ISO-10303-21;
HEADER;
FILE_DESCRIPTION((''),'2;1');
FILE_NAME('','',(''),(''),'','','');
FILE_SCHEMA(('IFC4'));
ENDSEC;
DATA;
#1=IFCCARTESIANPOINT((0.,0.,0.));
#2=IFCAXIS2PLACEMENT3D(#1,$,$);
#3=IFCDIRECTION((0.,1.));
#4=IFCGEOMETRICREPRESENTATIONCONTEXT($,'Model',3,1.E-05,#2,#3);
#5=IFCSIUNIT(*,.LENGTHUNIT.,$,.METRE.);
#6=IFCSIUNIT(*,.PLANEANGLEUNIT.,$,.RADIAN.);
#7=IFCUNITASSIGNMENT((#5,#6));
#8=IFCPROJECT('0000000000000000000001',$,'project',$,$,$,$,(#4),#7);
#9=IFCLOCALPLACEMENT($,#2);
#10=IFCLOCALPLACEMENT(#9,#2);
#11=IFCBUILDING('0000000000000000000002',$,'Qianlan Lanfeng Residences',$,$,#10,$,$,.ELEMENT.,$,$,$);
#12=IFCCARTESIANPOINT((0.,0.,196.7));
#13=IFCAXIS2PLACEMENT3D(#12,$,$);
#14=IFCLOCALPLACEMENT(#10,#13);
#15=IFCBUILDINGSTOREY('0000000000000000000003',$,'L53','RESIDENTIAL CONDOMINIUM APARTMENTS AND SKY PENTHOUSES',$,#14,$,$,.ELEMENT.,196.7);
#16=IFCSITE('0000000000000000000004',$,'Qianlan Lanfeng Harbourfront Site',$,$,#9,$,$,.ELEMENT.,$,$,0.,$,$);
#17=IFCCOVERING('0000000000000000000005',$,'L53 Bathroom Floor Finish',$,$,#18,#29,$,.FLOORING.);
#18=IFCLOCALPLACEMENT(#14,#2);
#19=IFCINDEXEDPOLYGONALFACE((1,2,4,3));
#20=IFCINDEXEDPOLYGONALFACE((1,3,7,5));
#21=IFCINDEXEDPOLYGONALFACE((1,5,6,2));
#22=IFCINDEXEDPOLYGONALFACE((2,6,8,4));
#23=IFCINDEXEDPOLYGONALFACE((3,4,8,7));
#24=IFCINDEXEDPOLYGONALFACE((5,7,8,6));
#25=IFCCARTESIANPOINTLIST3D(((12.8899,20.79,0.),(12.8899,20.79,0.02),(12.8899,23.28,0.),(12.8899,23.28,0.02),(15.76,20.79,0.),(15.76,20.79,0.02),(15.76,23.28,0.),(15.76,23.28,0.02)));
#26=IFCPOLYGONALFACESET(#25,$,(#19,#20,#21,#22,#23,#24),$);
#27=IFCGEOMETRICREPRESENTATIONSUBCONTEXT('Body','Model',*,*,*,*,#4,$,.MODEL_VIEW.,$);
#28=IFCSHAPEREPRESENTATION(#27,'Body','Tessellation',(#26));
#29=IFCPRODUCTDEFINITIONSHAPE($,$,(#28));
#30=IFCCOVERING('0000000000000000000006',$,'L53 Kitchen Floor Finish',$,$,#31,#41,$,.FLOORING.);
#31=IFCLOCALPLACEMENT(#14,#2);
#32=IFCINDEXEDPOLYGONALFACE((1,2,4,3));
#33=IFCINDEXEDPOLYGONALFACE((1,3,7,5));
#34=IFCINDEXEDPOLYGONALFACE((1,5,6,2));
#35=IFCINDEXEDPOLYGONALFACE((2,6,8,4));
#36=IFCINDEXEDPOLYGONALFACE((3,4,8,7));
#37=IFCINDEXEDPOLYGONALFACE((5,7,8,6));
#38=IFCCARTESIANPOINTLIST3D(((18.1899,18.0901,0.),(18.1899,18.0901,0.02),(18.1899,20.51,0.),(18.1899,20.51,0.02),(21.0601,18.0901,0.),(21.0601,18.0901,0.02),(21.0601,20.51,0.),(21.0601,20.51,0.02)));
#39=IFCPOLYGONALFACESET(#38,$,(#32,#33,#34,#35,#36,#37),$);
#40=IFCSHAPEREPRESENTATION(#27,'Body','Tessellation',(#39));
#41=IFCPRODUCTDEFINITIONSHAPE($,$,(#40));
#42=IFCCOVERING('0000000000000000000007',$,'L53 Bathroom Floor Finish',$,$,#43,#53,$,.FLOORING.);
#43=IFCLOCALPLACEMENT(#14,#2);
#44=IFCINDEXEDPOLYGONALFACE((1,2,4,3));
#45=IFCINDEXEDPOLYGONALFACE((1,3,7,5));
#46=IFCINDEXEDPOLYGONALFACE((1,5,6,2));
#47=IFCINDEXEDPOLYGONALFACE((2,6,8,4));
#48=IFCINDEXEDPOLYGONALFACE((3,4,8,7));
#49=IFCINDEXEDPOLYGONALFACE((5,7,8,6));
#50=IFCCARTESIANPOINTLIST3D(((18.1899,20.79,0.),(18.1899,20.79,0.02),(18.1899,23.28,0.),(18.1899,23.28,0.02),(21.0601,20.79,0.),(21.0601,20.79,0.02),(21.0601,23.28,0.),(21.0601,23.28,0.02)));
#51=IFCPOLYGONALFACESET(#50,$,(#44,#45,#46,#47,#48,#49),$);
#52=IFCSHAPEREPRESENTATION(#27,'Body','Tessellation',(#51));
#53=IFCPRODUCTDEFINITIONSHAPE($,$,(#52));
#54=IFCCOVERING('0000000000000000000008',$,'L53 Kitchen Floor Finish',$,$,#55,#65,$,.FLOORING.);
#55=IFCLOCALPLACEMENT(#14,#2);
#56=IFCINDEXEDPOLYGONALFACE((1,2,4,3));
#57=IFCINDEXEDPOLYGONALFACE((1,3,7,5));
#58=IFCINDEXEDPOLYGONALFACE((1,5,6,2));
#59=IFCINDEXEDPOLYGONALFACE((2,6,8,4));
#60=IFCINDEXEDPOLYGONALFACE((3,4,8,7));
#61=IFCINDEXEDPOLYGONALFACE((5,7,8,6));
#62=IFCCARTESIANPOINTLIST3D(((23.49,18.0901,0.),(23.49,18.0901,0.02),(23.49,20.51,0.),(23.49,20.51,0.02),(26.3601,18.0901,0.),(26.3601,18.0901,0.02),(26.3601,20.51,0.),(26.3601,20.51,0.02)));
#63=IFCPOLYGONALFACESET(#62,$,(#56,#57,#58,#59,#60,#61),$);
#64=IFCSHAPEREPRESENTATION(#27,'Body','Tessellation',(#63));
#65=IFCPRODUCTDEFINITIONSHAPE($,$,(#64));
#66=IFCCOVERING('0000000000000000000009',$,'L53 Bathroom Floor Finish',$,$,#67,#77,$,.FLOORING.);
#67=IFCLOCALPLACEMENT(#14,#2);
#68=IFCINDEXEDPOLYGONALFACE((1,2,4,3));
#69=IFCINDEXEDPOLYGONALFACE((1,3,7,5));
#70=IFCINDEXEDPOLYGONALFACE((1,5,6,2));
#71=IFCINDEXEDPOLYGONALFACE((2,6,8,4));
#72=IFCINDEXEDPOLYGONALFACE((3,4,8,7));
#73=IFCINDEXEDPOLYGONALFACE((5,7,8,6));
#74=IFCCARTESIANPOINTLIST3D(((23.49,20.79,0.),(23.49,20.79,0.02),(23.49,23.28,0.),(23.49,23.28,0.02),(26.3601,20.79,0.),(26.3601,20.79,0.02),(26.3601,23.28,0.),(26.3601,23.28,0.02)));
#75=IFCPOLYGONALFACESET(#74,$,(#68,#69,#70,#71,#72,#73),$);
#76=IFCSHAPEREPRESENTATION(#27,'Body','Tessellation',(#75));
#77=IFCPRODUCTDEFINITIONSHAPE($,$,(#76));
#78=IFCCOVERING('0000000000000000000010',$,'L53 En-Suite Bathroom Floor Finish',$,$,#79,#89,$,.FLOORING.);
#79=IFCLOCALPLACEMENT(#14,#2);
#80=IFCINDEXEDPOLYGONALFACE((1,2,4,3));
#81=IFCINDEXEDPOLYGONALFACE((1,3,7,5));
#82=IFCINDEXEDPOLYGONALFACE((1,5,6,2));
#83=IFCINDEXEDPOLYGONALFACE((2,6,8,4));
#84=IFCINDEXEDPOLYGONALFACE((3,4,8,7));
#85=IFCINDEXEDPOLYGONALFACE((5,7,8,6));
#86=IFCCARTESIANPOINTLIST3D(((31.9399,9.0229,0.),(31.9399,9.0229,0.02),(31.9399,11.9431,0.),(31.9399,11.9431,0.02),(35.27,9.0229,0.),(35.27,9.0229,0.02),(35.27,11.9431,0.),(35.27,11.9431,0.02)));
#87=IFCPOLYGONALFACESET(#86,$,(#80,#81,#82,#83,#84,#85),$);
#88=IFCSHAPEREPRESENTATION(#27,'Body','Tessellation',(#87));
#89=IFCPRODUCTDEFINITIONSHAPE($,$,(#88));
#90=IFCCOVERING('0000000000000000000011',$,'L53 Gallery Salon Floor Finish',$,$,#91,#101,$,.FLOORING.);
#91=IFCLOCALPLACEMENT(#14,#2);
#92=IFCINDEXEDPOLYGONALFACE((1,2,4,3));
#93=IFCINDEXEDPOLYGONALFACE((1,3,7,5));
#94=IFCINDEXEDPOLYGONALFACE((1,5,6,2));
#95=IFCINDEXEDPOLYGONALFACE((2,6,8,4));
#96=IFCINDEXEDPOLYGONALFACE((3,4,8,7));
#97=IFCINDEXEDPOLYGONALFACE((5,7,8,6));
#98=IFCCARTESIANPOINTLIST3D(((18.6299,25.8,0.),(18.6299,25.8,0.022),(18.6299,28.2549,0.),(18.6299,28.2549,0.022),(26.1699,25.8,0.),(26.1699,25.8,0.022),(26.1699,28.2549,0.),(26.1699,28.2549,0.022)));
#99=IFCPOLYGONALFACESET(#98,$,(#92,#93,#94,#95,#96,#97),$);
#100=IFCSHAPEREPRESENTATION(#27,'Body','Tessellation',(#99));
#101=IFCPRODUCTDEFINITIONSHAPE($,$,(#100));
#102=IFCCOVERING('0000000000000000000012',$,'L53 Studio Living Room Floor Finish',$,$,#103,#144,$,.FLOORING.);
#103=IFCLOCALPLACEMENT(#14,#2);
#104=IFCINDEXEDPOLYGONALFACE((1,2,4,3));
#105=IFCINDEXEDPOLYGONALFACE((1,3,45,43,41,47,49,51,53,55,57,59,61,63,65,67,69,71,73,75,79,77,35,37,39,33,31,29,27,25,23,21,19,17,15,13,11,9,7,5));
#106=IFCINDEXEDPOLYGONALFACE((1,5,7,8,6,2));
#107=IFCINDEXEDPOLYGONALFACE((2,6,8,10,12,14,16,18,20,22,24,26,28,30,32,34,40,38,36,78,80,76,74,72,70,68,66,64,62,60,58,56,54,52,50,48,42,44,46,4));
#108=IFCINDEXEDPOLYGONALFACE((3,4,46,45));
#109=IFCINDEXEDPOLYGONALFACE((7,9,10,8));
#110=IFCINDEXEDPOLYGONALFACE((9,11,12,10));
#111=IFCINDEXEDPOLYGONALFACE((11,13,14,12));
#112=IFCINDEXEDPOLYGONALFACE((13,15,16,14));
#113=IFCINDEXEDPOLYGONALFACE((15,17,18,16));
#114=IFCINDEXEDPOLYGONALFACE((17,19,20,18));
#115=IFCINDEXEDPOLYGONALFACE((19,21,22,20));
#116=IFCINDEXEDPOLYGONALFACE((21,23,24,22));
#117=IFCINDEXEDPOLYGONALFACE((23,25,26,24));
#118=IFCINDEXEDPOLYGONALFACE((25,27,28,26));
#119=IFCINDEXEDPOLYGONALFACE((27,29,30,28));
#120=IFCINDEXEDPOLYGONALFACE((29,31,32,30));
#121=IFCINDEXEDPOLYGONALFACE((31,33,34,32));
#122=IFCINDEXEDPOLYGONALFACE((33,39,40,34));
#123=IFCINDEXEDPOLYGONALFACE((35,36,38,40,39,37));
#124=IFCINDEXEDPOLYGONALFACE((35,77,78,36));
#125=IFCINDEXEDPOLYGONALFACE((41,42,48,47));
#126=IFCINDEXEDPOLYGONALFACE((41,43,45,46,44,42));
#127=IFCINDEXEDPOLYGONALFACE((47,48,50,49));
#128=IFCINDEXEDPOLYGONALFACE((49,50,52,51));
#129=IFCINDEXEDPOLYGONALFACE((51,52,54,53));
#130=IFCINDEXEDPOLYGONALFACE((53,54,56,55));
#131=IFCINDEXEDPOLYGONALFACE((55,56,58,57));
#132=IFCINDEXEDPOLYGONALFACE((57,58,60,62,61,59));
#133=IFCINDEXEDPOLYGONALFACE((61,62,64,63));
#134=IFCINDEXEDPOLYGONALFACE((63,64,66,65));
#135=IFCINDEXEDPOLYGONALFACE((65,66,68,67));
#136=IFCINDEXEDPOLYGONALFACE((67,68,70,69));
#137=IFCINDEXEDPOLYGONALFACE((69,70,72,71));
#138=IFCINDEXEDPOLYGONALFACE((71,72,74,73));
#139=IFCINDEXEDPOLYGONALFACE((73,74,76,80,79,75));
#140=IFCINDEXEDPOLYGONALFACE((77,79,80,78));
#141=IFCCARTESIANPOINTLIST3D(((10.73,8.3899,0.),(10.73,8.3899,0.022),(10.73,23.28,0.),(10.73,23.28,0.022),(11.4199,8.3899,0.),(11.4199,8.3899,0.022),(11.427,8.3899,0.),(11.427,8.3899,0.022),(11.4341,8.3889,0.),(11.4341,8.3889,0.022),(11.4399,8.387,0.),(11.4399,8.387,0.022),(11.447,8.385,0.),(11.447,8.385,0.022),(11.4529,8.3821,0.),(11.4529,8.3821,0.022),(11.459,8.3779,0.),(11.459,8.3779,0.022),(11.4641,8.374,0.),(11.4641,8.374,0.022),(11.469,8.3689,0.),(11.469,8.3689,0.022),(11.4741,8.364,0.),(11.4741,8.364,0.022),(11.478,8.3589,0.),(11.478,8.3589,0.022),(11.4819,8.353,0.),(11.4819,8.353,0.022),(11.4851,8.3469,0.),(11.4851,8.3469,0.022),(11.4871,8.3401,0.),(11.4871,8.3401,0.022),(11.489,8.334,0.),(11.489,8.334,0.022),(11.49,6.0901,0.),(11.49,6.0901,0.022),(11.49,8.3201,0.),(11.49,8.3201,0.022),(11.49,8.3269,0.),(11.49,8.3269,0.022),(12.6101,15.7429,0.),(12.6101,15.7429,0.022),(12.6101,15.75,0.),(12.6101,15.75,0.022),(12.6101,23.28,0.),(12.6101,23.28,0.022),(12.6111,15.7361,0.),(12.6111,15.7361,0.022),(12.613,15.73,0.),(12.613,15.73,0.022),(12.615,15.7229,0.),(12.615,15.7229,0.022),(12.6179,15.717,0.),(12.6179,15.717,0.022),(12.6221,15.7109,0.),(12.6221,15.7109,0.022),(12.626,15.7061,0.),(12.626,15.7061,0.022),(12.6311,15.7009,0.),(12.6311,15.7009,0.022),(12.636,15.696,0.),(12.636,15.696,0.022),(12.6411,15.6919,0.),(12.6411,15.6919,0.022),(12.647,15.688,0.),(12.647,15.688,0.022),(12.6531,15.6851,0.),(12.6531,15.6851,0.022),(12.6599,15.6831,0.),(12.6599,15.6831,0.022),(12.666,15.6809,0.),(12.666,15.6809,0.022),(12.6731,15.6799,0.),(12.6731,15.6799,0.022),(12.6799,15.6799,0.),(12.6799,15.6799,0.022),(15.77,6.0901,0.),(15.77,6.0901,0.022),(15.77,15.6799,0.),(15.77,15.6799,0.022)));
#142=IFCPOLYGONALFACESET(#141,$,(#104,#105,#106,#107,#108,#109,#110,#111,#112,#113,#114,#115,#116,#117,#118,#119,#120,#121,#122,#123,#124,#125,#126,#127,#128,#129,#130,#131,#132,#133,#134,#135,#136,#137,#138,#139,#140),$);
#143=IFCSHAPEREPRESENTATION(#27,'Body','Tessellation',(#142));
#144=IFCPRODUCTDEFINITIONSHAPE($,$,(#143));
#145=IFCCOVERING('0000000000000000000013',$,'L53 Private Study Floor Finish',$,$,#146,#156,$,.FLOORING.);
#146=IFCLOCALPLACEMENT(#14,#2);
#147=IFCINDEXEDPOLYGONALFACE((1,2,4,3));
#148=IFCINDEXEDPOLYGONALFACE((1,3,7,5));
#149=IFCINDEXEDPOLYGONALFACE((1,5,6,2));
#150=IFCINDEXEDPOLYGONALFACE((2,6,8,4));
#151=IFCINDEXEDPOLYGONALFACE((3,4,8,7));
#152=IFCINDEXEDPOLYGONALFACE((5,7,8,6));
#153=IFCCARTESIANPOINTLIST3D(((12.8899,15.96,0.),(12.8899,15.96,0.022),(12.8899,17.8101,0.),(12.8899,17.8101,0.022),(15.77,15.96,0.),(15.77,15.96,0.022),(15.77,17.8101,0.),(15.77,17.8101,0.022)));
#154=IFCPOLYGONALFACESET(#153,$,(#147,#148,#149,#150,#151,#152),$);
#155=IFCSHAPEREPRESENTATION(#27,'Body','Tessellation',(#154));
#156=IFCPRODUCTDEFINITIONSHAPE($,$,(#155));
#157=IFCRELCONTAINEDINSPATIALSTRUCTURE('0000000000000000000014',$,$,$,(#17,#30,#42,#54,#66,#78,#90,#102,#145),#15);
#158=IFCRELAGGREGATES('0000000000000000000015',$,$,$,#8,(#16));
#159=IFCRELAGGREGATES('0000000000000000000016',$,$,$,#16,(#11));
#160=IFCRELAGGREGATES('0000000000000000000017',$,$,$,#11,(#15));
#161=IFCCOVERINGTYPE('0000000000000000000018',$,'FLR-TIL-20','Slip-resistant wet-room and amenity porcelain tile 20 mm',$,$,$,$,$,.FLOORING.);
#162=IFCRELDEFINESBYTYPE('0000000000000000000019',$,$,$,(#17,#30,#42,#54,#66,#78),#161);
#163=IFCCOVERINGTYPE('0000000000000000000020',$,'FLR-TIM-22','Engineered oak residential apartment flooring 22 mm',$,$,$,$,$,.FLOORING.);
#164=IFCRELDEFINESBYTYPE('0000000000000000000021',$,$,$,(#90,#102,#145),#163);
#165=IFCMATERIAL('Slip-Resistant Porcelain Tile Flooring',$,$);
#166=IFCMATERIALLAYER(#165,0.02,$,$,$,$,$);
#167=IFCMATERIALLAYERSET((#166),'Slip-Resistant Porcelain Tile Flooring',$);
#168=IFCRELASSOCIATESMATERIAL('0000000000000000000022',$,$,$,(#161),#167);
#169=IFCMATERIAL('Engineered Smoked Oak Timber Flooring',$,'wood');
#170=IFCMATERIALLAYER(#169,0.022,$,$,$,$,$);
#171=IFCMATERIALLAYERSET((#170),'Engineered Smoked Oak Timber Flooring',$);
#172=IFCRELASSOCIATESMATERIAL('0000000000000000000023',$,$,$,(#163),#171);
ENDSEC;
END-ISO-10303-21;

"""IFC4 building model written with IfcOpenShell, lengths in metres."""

from ifc_helpers import new_model, si_unit, direction, frame, origin, place, context, subcontext, project, spatial, polyline, outline, extrude, material, layer, layer_set, type_object, element, save


model = new_model("IFC4")

# Units and contexts
model_context = context("Model", 3, precision=1e-05, world=origin(), true_north=direction((0.0, 1.0)))
body_context = subcontext(model_context, "Body", "Model", "MODEL_VIEW")
ifc_project = project(units=[si_unit("LENGTHUNIT", "METRE"), si_unit("PLANEANGLEUNIT", "RADIAN")], contexts=[model_context])

# Site, building, storey
site_placement = place(None, origin())
site = spatial("IfcSite", under=ifc_project, at=site_placement, Name="Qianlan Lanfeng Harbourfront Site", CompositionType="ELEMENT", RefElevation=0.0)
building_placement = place(site_placement, origin())
building = spatial("IfcBuilding", under=site, at=building_placement, Name="Qianlan Lanfeng Residences", CompositionType="ELEMENT")
storey_placement = place(building_placement, frame((0.0, 0.0, 196.7)))
storey = spatial("IfcBuildingStorey", under=building, at=storey_placement, Name="L53", Description="RESIDENTIAL CONDOMINIUM APARTMENTS AND SKY PENTHOUSES", CompositionType="ELEMENT", Elevation=196.7)

# Coverings
ifc_material_1 = material(Name="Slip-Resistant Porcelain Tile Flooring")
ifc_layer_1 = layer(ifc_material_1, 0.02)
ifc_layer_set_1 = layer_set([ifc_layer_1], Name="Slip-Resistant Porcelain Tile Flooring")
covering_type_1 = type_object("IfcCoveringType", Name="FLR-TIL-20", Description="Slip-resistant wet-room and amenity porcelain tile 20 mm", PredefinedType="FLOORING", material=ifc_layer_set_1)
covering_1_placement = place(storey_placement, origin())
element("IfcCovering", 1, at=covering_1_placement, inside=storey, type_object=covering_type_1, Name="L53 Bathroom Floor Finish", PredefinedType="FLOORING", context=body_context, shape_type="SweptSolid", body=[
    extrude(outline(polyline([(12.8899, 20.79), (15.76, 20.79), (15.76, 23.28), (12.8899, 23.28), (12.8899, 20.79)])), origin(), (0.0, 0.0, 1.0), 0.02),
])
covering_2_placement = place(storey_placement, origin())
element("IfcCovering", 2, at=covering_2_placement, inside=storey, type_object=covering_type_1, Name="L53 Kitchen Floor Finish", PredefinedType="FLOORING", context=body_context, shape_type="SweptSolid", body=[
    extrude(outline(polyline([(18.1899, 18.0901), (21.0601, 18.0901), (21.0601, 20.51), (18.1899, 20.51), (18.1899, 18.0901)])), origin(), (0.0, 0.0, 1.0), 0.02),
])
covering_3_placement = place(storey_placement, origin())
element("IfcCovering", 3, at=covering_3_placement, inside=storey, type_object=covering_type_1, Name="L53 Bathroom Floor Finish", PredefinedType="FLOORING", context=body_context, shape_type="SweptSolid", body=[
    extrude(outline(polyline([(18.1899, 20.79), (21.0601, 20.79), (21.0601, 23.28), (18.1899, 23.28), (18.1899, 20.79)])), origin(), (0.0, 0.0, 1.0), 0.02),
])
covering_4_placement = place(storey_placement, origin())
element("IfcCovering", 4, at=covering_4_placement, inside=storey, type_object=covering_type_1, Name="L53 Kitchen Floor Finish", PredefinedType="FLOORING", context=body_context, shape_type="SweptSolid", body=[
    extrude(outline(polyline([(23.49, 18.0901), (26.3601, 18.0901), (26.3601, 20.51), (23.49, 20.51), (23.49, 18.0901)])), origin(), (0.0, 0.0, 1.0), 0.02),
])
covering_5_placement = place(storey_placement, origin())
element("IfcCovering", 5, at=covering_5_placement, inside=storey, type_object=covering_type_1, Name="L53 Bathroom Floor Finish", PredefinedType="FLOORING", context=body_context, shape_type="SweptSolid", body=[
    extrude(outline(polyline([(23.49, 20.79), (26.3601, 20.79), (26.3601, 23.28), (23.49, 23.28), (23.49, 20.79)])), origin(), (0.0, 0.0, 1.0), 0.02),
])
covering_6_placement = place(storey_placement, origin())
element("IfcCovering", 6, at=covering_6_placement, inside=storey, type_object=covering_type_1, Name="L53 En-Suite Bathroom Floor Finish", PredefinedType="FLOORING", context=body_context, shape_type="SweptSolid", body=[
    extrude(outline(polyline([(31.9399, 9.0229), (35.27, 9.0229), (35.27, 11.9431), (31.9399, 11.9431), (31.9399, 9.0229)])), origin(), (0.0, 0.0, 1.0), 0.02),
])
ifc_material_2 = material(Name="Engineered Smoked Oak Timber Flooring", Category="wood")
ifc_layer_2 = layer(ifc_material_2, 0.022)
ifc_layer_set_2 = layer_set([ifc_layer_2], Name="Engineered Smoked Oak Timber Flooring")
covering_type_2 = type_object("IfcCoveringType", Name="FLR-TIM-22", Description="Engineered oak residential apartment flooring 22 mm", PredefinedType="FLOORING", material=ifc_layer_set_2)
covering_7_placement = place(storey_placement, origin())
element("IfcCovering", 7, at=covering_7_placement, inside=storey, type_object=covering_type_2, Name="L53 Gallery Salon Floor Finish", PredefinedType="FLOORING", context=body_context, shape_type="SweptSolid", body=[
    extrude(outline(polyline([(18.6299, 25.8), (26.1699, 25.8), (26.1699, 28.2549), (18.6299, 28.2549), (18.6299, 25.8)])), origin(), (0.0, 0.0, 1.0), 0.022),
])
covering_8_placement = place(storey_placement, origin())
element("IfcCovering", 8, at=covering_8_placement, inside=storey, type_object=covering_type_2, Name="L53 Studio Living Room Floor Finish", PredefinedType="FLOORING", context=body_context, shape_type="SweptSolid", body=[
    extrude(outline(polyline([(15.77, 6.0901), (15.77, 15.6799), (12.6799, 15.6799), (12.6731, 15.6799), (12.666, 15.6809), (12.6599, 15.6831), (12.6531, 15.6851), (12.647, 15.688), (12.6411, 15.6919), (12.636, 15.696), (12.6311, 15.7009), (12.626, 15.7061), (12.6221, 15.7109), (12.6179, 15.717), (12.615, 15.7229), (12.613, 15.73), (12.6111, 15.7361), (12.6101, 15.7429), (12.6101, 15.75), (12.6101, 23.28), (10.73, 23.28), (10.73, 8.3899), (11.4199, 8.3899), (11.427, 8.3899), (11.4341, 8.3889), (11.4399, 8.387), (11.447, 8.385), (11.4529, 8.3821), (11.459, 8.3779), (11.4641, 8.374), (11.469, 8.3689), (11.4741, 8.364), (11.478, 8.3589), (11.4819, 8.353), (11.4851, 8.3469), (11.4871, 8.3401), (11.489, 8.334), (11.49, 8.3269), (11.49, 8.3201), (11.49, 6.0901), (15.77, 6.0901)])), origin(), (0.0, 0.0, 1.0), 0.022),
])
covering_9_placement = place(storey_placement, origin())
element("IfcCovering", 9, at=covering_9_placement, inside=storey, type_object=covering_type_2, Name="L53 Private Study Floor Finish", PredefinedType="FLOORING", context=body_context, shape_type="SweptSolid", body=[
    extrude(outline(polyline([(12.8899, 17.8101), (12.8899, 15.96), (15.77, 15.96), (15.77, 17.8101), (12.8899, 17.8101)])), origin(), (0.0, 0.0, 1.0), 0.022),
])

save(model, "model.ifc")
